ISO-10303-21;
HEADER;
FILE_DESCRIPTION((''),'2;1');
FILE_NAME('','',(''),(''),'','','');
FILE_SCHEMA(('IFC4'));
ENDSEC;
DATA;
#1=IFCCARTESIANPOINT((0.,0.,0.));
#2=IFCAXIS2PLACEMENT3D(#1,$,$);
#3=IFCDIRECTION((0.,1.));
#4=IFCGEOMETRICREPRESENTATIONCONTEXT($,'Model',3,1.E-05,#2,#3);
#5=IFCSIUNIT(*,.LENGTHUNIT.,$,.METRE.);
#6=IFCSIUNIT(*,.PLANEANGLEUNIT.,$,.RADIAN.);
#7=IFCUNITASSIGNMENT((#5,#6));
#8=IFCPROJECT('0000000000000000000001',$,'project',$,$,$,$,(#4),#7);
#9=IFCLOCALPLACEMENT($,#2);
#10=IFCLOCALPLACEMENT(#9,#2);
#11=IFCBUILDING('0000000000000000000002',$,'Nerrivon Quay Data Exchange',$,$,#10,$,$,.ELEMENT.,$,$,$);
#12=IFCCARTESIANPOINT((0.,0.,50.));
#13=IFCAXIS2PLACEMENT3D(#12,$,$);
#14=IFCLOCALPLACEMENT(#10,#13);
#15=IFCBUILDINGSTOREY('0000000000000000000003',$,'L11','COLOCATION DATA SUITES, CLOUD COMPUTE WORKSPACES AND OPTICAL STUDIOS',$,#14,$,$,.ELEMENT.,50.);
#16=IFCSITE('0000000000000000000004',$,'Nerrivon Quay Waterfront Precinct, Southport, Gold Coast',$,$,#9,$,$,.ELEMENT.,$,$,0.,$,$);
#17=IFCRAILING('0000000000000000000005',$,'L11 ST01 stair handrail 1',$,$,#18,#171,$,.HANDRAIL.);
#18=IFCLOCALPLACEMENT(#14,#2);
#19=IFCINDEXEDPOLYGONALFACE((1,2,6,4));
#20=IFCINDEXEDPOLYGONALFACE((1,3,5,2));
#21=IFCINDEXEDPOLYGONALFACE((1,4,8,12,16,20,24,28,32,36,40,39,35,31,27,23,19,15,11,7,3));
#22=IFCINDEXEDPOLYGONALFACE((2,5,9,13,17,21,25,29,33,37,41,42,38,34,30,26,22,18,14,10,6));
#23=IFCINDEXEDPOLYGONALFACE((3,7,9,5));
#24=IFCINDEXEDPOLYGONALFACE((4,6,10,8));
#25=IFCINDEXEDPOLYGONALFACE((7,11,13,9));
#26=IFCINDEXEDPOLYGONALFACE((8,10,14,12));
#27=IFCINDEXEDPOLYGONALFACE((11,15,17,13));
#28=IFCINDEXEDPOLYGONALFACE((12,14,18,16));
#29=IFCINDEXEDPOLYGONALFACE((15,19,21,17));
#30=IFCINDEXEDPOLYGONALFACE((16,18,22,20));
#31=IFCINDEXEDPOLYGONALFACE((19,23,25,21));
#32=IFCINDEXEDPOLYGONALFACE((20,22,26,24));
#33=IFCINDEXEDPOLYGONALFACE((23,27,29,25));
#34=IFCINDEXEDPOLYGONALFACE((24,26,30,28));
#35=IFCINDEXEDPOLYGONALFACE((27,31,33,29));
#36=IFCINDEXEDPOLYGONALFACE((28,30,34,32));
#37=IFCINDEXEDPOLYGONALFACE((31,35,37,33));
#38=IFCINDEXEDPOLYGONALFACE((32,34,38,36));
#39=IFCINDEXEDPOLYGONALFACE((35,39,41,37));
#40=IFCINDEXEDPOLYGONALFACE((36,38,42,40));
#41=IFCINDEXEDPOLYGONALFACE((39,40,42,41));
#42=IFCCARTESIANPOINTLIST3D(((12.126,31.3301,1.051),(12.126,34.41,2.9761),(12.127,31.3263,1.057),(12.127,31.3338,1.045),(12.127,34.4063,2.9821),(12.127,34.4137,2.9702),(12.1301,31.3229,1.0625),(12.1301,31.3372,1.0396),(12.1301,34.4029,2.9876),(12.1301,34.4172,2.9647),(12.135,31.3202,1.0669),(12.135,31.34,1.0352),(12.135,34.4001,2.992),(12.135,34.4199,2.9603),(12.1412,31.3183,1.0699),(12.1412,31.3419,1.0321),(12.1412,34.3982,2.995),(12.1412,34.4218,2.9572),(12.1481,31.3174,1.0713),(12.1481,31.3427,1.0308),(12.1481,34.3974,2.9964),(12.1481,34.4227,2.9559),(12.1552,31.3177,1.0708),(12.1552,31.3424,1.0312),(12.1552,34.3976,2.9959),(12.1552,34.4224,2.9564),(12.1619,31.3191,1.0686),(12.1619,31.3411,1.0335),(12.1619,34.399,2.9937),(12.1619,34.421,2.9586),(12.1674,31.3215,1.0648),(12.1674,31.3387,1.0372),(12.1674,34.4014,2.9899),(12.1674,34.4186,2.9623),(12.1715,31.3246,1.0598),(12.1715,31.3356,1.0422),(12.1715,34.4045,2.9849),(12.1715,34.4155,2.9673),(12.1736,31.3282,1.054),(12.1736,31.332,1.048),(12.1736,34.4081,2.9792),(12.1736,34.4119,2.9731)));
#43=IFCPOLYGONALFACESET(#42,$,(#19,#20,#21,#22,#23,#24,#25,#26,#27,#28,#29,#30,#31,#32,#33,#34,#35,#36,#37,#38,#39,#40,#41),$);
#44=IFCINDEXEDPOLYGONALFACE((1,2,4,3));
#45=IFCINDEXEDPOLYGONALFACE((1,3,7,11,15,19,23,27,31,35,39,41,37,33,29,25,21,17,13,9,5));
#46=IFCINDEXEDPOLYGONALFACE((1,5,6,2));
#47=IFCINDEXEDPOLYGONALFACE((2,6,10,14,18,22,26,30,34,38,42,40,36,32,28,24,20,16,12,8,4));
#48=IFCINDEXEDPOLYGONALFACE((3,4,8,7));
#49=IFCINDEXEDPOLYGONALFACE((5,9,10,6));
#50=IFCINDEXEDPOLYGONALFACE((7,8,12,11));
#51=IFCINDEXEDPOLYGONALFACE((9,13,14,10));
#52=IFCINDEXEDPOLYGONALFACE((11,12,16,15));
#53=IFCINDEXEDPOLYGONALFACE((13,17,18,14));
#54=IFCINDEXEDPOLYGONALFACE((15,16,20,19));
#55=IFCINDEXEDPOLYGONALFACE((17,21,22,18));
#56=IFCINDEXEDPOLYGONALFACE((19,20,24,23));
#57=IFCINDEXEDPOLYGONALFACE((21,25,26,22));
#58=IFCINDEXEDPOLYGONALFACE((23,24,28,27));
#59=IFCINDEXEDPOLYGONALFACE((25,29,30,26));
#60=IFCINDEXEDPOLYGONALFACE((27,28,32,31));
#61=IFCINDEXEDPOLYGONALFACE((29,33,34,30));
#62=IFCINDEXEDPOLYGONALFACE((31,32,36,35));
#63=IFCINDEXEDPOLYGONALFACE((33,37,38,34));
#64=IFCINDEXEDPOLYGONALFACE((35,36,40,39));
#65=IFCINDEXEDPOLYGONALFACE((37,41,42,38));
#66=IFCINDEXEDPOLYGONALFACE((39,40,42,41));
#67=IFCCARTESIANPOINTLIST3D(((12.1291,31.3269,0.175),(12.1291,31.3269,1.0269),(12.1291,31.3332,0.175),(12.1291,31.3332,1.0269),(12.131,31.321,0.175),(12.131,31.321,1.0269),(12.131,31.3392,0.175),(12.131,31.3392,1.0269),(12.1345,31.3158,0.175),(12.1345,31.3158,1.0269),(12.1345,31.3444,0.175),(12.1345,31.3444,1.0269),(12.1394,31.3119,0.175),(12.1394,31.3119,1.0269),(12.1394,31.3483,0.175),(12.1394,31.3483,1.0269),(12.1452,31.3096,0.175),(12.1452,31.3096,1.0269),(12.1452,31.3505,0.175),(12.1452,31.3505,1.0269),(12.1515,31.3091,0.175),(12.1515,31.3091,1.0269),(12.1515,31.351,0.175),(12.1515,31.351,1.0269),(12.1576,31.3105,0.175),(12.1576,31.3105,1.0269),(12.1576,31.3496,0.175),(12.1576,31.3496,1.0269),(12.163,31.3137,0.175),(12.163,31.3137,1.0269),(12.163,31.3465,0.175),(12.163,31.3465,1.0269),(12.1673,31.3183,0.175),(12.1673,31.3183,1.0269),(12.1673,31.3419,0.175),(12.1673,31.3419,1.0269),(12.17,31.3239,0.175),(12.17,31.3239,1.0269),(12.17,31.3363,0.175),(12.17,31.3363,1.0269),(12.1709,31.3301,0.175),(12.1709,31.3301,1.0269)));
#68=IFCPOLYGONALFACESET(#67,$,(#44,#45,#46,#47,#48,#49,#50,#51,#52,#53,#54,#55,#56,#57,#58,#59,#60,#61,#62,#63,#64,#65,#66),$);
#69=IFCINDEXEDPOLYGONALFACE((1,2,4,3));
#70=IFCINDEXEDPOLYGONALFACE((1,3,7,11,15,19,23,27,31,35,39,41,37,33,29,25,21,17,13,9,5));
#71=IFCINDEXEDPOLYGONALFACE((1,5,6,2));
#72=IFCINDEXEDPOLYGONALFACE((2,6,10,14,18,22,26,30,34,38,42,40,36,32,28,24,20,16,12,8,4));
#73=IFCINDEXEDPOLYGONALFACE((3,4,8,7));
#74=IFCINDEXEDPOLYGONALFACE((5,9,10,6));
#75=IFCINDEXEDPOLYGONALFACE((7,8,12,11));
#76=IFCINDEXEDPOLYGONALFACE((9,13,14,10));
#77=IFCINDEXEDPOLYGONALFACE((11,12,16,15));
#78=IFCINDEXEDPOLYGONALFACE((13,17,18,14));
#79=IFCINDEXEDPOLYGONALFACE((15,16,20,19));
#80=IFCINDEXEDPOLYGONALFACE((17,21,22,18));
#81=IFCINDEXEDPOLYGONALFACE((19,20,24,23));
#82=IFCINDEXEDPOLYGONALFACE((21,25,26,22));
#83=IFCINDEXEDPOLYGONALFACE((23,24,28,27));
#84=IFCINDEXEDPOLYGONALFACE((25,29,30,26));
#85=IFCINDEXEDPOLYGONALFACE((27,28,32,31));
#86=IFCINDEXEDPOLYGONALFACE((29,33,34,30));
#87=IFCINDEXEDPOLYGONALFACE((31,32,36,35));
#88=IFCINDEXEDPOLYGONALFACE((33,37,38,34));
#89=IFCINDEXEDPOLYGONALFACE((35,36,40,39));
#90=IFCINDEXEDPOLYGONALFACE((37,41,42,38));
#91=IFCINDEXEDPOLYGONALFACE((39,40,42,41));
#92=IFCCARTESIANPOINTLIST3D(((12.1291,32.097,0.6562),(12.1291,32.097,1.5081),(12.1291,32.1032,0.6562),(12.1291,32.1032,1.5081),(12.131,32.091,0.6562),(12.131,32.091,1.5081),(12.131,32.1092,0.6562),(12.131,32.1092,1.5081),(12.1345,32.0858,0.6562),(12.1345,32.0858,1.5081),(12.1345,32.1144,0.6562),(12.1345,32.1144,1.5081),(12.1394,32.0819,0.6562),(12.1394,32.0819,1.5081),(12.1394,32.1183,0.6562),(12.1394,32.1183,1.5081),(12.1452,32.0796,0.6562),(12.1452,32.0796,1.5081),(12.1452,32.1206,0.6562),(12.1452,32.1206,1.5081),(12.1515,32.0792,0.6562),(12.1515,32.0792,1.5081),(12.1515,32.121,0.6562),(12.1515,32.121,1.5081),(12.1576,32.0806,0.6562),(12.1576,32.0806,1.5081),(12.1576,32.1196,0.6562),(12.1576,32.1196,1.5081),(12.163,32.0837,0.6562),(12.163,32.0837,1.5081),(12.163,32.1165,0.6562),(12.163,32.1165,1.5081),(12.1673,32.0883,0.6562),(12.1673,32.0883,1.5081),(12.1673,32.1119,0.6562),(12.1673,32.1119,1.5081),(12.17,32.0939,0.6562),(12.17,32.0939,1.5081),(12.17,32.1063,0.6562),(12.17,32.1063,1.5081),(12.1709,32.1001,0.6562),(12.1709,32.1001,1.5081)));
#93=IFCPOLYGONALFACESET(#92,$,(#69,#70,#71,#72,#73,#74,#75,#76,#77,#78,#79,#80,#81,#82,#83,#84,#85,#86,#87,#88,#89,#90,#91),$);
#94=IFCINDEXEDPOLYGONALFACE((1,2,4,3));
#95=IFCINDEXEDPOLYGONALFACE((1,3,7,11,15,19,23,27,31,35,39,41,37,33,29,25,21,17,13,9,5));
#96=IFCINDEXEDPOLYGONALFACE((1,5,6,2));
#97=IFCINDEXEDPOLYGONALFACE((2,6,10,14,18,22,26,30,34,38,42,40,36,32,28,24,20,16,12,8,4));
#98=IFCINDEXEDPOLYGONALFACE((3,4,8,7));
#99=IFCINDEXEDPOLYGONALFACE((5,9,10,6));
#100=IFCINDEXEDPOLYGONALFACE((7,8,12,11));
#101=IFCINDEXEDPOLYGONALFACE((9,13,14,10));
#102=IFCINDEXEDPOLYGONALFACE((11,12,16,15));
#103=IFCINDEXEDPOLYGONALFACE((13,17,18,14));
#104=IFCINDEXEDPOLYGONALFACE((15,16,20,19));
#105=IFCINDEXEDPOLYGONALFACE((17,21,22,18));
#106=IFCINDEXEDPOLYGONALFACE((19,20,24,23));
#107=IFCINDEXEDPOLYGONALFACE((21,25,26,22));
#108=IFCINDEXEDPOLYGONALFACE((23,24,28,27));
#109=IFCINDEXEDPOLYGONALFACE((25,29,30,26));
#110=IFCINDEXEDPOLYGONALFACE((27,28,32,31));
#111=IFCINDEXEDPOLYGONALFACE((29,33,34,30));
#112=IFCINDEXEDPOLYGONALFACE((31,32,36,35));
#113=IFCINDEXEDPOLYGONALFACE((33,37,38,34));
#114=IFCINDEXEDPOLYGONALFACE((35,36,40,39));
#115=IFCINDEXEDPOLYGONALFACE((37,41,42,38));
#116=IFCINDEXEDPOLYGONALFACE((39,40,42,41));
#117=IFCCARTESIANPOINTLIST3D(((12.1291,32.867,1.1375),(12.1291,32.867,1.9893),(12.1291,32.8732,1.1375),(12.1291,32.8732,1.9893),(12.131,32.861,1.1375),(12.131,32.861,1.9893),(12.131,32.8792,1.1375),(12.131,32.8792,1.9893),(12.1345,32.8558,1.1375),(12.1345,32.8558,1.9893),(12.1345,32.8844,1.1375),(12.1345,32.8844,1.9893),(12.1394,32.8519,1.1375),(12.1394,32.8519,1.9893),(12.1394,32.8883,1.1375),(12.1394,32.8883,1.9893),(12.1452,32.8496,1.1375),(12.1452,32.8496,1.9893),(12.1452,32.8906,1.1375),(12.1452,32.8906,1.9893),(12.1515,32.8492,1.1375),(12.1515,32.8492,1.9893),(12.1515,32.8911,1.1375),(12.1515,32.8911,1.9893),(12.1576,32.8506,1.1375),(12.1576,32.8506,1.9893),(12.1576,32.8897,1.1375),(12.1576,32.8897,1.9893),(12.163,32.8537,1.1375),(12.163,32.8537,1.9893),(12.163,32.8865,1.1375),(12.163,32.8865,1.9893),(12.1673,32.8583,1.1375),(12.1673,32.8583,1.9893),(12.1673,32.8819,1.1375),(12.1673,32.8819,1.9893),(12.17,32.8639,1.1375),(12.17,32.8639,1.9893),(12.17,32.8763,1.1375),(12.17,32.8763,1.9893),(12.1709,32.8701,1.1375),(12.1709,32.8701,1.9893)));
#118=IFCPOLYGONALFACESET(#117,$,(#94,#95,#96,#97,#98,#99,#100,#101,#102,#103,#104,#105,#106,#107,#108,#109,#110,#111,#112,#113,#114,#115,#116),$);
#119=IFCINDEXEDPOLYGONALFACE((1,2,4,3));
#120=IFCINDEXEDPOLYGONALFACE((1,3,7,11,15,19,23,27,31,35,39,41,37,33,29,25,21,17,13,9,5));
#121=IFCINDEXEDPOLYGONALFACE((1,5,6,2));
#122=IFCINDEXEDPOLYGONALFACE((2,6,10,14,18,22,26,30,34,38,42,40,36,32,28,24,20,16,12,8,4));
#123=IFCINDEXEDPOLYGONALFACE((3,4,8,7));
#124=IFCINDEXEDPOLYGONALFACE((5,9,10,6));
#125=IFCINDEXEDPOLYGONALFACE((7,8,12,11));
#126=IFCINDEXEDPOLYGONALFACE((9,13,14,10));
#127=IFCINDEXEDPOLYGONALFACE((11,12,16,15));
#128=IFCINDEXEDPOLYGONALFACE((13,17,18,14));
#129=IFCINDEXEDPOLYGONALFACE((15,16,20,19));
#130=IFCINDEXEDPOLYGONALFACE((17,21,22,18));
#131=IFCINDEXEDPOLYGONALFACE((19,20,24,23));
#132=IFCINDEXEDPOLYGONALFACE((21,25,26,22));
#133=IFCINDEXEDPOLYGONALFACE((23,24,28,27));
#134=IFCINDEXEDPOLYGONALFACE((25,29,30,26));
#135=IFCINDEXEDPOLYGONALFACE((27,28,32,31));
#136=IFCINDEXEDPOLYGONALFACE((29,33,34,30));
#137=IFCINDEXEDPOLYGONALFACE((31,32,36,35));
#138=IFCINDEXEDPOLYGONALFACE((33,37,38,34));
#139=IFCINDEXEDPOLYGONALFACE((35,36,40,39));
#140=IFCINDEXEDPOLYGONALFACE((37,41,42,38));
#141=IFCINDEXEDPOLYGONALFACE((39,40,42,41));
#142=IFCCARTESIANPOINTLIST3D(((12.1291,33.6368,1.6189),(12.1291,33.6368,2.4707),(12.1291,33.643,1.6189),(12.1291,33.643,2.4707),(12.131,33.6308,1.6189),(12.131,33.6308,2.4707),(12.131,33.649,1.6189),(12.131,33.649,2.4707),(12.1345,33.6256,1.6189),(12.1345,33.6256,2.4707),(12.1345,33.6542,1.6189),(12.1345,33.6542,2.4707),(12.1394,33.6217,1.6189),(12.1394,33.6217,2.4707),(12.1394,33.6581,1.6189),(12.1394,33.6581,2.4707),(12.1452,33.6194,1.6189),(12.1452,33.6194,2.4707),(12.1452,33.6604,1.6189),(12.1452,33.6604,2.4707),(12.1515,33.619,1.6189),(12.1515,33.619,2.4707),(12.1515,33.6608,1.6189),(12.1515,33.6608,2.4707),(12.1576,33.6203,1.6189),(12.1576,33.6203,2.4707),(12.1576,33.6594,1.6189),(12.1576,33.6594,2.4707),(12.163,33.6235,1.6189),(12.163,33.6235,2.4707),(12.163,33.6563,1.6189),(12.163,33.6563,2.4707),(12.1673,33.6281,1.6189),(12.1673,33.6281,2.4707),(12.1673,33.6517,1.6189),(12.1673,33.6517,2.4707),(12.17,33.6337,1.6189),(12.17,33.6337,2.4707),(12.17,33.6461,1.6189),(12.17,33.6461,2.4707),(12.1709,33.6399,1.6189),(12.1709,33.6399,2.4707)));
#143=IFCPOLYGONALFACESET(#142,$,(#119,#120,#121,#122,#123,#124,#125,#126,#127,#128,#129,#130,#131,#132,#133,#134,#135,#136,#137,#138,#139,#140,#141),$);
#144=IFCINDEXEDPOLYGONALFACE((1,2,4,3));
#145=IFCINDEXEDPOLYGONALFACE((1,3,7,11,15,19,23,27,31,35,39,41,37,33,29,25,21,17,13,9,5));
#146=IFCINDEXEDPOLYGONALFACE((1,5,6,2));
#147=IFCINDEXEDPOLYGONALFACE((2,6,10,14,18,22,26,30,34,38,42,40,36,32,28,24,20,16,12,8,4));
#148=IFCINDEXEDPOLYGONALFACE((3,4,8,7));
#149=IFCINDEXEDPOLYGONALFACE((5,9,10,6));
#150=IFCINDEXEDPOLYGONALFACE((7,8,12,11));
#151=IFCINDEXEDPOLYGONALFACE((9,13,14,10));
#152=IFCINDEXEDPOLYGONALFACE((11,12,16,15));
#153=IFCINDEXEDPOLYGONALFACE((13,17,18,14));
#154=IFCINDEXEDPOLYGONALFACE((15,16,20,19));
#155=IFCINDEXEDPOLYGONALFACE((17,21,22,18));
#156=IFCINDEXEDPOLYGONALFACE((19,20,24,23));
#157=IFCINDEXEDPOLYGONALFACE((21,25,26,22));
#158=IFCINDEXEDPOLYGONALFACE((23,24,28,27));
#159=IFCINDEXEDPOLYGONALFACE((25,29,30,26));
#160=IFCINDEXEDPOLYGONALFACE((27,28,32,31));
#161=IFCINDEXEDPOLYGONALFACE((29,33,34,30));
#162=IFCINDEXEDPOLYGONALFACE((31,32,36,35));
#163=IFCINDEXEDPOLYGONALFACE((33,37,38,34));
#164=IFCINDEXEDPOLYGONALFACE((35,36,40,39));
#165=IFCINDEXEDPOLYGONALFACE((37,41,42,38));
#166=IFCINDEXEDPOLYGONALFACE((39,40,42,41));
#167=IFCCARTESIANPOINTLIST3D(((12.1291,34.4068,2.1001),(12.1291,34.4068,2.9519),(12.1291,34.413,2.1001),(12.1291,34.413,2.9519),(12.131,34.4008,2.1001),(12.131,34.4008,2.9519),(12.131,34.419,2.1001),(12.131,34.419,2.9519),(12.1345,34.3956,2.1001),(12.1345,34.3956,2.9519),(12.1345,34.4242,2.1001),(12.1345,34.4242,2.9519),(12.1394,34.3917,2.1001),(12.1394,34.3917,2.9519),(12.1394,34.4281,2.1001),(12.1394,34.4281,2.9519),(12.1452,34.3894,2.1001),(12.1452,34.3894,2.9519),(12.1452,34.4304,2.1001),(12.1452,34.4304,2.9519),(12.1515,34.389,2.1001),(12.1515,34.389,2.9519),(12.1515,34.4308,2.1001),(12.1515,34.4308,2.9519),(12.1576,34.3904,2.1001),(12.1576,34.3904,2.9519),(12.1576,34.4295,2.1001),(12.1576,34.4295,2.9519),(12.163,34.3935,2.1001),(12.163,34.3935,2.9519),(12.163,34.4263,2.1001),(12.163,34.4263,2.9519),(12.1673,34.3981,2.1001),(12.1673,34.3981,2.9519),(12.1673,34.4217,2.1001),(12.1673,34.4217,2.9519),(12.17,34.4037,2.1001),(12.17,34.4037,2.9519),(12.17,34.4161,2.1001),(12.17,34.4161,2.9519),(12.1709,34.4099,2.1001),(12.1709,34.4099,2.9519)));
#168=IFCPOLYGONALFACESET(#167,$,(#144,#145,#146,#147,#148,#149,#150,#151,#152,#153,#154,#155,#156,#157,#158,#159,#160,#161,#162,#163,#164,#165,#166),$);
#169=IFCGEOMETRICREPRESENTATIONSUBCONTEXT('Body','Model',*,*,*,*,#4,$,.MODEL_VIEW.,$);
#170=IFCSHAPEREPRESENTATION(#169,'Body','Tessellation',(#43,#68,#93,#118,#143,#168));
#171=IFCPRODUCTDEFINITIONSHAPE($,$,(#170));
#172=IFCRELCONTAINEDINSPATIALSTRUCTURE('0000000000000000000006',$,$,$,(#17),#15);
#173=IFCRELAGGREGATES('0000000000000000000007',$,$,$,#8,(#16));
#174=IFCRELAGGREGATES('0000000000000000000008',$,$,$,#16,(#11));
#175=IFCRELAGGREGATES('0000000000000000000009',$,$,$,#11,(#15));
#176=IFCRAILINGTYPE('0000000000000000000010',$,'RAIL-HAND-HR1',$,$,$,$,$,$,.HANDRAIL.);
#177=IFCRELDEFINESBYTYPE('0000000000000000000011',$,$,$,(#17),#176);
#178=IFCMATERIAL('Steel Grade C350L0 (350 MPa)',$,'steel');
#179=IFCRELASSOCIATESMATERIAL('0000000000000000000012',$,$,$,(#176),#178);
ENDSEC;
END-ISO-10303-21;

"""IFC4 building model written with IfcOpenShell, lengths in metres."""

from ifc_helpers import new_model, si_unit, direction, frame, origin, origin_2d, place, context, subcontext, project, spatial, circle, extrude, material, type_object, element, save


model = new_model("IFC4")

# Units and contexts
model_context = context("Model", 3, precision=1e-05, world=origin(), true_north=direction((0.0, 1.0)))
body_context = subcontext(model_context, "Body", "Model", "MODEL_VIEW")
ifc_project = project(units=[si_unit("LENGTHUNIT", "METRE"), si_unit("PLANEANGLEUNIT", "RADIAN")], contexts=[model_context])

# Site, building, storey
site_placement = place(None, origin())
site = spatial("IfcSite", under=ifc_project, at=site_placement, Name="Nerrivon Quay Waterfront Precinct, Southport, Gold Coast", CompositionType="ELEMENT", RefElevation=0.0)
building_placement = place(site_placement, origin())
building = spatial("IfcBuilding", under=site, at=building_placement, Name="Nerrivon Quay Data Exchange", CompositionType="ELEMENT")
storey_placement = place(building_placement, frame((0.0, 0.0, 50.0)))
storey = spatial("IfcBuildingStorey", under=building, at=storey_placement, Name="L11", Description="COLOCATION DATA SUITES, CLOUD COMPUTE WORKSPACES AND OPTICAL STUDIOS", CompositionType="ELEMENT", Elevation=50.0)

# Railing
ifc_material_1 = material(Name="Steel Grade C350L0 (350 MPa)", Category="steel")
railing_type_1 = type_object("IfcRailingType", Name="RAIL-HAND-HR1", PredefinedType="HANDRAIL", material=ifc_material_1)
railing_1_placement = place(storey_placement, frame((12.1499, 31.3301, 0.175)))
element("IfcRailing", 1, at=railing_1_placement, inside=storey, type_object=railing_type_1, Name="L11 ST01 stair handrail 1", PredefinedType="HANDRAIL", context=body_context, shape_type="SweptSolid", body=[
    extrude(circle(Radius=0.0239, at=origin_2d()), frame((0.0, 0.0, 0.876), z_axis=(0.0, 0.847979, 0.530029), x_axis=(-1.0, 0.0, 0.0)), (0.0, 0.0, 1.0), 3.6321),
    extrude(circle(Radius=0.021, at=origin_2d()), origin(), (0.0, 0.0, 1.0), 0.8518),
    extrude(circle(Radius=0.021, at=origin_2d()), frame((0.0, 0.77, 0.4812)), (0.0, 0.0, 1.0), 0.8518),
    extrude(circle(Radius=0.021, at=origin_2d()), frame((0.0, 1.54, 0.9624)), (0.0, 0.0, 1.0), 0.8518),
    extrude(circle(Radius=0.021, at=origin_2d()), frame((0.0, 2.3098, 1.4438)), (0.0, 0.0, 1.0), 0.8518),
    extrude(circle(Radius=0.021, at=origin_2d()), frame((0.0, 3.0798, 1.925)), (0.0, 0.0, 1.0), 0.8518),
])

save(model, "model.ifc")
